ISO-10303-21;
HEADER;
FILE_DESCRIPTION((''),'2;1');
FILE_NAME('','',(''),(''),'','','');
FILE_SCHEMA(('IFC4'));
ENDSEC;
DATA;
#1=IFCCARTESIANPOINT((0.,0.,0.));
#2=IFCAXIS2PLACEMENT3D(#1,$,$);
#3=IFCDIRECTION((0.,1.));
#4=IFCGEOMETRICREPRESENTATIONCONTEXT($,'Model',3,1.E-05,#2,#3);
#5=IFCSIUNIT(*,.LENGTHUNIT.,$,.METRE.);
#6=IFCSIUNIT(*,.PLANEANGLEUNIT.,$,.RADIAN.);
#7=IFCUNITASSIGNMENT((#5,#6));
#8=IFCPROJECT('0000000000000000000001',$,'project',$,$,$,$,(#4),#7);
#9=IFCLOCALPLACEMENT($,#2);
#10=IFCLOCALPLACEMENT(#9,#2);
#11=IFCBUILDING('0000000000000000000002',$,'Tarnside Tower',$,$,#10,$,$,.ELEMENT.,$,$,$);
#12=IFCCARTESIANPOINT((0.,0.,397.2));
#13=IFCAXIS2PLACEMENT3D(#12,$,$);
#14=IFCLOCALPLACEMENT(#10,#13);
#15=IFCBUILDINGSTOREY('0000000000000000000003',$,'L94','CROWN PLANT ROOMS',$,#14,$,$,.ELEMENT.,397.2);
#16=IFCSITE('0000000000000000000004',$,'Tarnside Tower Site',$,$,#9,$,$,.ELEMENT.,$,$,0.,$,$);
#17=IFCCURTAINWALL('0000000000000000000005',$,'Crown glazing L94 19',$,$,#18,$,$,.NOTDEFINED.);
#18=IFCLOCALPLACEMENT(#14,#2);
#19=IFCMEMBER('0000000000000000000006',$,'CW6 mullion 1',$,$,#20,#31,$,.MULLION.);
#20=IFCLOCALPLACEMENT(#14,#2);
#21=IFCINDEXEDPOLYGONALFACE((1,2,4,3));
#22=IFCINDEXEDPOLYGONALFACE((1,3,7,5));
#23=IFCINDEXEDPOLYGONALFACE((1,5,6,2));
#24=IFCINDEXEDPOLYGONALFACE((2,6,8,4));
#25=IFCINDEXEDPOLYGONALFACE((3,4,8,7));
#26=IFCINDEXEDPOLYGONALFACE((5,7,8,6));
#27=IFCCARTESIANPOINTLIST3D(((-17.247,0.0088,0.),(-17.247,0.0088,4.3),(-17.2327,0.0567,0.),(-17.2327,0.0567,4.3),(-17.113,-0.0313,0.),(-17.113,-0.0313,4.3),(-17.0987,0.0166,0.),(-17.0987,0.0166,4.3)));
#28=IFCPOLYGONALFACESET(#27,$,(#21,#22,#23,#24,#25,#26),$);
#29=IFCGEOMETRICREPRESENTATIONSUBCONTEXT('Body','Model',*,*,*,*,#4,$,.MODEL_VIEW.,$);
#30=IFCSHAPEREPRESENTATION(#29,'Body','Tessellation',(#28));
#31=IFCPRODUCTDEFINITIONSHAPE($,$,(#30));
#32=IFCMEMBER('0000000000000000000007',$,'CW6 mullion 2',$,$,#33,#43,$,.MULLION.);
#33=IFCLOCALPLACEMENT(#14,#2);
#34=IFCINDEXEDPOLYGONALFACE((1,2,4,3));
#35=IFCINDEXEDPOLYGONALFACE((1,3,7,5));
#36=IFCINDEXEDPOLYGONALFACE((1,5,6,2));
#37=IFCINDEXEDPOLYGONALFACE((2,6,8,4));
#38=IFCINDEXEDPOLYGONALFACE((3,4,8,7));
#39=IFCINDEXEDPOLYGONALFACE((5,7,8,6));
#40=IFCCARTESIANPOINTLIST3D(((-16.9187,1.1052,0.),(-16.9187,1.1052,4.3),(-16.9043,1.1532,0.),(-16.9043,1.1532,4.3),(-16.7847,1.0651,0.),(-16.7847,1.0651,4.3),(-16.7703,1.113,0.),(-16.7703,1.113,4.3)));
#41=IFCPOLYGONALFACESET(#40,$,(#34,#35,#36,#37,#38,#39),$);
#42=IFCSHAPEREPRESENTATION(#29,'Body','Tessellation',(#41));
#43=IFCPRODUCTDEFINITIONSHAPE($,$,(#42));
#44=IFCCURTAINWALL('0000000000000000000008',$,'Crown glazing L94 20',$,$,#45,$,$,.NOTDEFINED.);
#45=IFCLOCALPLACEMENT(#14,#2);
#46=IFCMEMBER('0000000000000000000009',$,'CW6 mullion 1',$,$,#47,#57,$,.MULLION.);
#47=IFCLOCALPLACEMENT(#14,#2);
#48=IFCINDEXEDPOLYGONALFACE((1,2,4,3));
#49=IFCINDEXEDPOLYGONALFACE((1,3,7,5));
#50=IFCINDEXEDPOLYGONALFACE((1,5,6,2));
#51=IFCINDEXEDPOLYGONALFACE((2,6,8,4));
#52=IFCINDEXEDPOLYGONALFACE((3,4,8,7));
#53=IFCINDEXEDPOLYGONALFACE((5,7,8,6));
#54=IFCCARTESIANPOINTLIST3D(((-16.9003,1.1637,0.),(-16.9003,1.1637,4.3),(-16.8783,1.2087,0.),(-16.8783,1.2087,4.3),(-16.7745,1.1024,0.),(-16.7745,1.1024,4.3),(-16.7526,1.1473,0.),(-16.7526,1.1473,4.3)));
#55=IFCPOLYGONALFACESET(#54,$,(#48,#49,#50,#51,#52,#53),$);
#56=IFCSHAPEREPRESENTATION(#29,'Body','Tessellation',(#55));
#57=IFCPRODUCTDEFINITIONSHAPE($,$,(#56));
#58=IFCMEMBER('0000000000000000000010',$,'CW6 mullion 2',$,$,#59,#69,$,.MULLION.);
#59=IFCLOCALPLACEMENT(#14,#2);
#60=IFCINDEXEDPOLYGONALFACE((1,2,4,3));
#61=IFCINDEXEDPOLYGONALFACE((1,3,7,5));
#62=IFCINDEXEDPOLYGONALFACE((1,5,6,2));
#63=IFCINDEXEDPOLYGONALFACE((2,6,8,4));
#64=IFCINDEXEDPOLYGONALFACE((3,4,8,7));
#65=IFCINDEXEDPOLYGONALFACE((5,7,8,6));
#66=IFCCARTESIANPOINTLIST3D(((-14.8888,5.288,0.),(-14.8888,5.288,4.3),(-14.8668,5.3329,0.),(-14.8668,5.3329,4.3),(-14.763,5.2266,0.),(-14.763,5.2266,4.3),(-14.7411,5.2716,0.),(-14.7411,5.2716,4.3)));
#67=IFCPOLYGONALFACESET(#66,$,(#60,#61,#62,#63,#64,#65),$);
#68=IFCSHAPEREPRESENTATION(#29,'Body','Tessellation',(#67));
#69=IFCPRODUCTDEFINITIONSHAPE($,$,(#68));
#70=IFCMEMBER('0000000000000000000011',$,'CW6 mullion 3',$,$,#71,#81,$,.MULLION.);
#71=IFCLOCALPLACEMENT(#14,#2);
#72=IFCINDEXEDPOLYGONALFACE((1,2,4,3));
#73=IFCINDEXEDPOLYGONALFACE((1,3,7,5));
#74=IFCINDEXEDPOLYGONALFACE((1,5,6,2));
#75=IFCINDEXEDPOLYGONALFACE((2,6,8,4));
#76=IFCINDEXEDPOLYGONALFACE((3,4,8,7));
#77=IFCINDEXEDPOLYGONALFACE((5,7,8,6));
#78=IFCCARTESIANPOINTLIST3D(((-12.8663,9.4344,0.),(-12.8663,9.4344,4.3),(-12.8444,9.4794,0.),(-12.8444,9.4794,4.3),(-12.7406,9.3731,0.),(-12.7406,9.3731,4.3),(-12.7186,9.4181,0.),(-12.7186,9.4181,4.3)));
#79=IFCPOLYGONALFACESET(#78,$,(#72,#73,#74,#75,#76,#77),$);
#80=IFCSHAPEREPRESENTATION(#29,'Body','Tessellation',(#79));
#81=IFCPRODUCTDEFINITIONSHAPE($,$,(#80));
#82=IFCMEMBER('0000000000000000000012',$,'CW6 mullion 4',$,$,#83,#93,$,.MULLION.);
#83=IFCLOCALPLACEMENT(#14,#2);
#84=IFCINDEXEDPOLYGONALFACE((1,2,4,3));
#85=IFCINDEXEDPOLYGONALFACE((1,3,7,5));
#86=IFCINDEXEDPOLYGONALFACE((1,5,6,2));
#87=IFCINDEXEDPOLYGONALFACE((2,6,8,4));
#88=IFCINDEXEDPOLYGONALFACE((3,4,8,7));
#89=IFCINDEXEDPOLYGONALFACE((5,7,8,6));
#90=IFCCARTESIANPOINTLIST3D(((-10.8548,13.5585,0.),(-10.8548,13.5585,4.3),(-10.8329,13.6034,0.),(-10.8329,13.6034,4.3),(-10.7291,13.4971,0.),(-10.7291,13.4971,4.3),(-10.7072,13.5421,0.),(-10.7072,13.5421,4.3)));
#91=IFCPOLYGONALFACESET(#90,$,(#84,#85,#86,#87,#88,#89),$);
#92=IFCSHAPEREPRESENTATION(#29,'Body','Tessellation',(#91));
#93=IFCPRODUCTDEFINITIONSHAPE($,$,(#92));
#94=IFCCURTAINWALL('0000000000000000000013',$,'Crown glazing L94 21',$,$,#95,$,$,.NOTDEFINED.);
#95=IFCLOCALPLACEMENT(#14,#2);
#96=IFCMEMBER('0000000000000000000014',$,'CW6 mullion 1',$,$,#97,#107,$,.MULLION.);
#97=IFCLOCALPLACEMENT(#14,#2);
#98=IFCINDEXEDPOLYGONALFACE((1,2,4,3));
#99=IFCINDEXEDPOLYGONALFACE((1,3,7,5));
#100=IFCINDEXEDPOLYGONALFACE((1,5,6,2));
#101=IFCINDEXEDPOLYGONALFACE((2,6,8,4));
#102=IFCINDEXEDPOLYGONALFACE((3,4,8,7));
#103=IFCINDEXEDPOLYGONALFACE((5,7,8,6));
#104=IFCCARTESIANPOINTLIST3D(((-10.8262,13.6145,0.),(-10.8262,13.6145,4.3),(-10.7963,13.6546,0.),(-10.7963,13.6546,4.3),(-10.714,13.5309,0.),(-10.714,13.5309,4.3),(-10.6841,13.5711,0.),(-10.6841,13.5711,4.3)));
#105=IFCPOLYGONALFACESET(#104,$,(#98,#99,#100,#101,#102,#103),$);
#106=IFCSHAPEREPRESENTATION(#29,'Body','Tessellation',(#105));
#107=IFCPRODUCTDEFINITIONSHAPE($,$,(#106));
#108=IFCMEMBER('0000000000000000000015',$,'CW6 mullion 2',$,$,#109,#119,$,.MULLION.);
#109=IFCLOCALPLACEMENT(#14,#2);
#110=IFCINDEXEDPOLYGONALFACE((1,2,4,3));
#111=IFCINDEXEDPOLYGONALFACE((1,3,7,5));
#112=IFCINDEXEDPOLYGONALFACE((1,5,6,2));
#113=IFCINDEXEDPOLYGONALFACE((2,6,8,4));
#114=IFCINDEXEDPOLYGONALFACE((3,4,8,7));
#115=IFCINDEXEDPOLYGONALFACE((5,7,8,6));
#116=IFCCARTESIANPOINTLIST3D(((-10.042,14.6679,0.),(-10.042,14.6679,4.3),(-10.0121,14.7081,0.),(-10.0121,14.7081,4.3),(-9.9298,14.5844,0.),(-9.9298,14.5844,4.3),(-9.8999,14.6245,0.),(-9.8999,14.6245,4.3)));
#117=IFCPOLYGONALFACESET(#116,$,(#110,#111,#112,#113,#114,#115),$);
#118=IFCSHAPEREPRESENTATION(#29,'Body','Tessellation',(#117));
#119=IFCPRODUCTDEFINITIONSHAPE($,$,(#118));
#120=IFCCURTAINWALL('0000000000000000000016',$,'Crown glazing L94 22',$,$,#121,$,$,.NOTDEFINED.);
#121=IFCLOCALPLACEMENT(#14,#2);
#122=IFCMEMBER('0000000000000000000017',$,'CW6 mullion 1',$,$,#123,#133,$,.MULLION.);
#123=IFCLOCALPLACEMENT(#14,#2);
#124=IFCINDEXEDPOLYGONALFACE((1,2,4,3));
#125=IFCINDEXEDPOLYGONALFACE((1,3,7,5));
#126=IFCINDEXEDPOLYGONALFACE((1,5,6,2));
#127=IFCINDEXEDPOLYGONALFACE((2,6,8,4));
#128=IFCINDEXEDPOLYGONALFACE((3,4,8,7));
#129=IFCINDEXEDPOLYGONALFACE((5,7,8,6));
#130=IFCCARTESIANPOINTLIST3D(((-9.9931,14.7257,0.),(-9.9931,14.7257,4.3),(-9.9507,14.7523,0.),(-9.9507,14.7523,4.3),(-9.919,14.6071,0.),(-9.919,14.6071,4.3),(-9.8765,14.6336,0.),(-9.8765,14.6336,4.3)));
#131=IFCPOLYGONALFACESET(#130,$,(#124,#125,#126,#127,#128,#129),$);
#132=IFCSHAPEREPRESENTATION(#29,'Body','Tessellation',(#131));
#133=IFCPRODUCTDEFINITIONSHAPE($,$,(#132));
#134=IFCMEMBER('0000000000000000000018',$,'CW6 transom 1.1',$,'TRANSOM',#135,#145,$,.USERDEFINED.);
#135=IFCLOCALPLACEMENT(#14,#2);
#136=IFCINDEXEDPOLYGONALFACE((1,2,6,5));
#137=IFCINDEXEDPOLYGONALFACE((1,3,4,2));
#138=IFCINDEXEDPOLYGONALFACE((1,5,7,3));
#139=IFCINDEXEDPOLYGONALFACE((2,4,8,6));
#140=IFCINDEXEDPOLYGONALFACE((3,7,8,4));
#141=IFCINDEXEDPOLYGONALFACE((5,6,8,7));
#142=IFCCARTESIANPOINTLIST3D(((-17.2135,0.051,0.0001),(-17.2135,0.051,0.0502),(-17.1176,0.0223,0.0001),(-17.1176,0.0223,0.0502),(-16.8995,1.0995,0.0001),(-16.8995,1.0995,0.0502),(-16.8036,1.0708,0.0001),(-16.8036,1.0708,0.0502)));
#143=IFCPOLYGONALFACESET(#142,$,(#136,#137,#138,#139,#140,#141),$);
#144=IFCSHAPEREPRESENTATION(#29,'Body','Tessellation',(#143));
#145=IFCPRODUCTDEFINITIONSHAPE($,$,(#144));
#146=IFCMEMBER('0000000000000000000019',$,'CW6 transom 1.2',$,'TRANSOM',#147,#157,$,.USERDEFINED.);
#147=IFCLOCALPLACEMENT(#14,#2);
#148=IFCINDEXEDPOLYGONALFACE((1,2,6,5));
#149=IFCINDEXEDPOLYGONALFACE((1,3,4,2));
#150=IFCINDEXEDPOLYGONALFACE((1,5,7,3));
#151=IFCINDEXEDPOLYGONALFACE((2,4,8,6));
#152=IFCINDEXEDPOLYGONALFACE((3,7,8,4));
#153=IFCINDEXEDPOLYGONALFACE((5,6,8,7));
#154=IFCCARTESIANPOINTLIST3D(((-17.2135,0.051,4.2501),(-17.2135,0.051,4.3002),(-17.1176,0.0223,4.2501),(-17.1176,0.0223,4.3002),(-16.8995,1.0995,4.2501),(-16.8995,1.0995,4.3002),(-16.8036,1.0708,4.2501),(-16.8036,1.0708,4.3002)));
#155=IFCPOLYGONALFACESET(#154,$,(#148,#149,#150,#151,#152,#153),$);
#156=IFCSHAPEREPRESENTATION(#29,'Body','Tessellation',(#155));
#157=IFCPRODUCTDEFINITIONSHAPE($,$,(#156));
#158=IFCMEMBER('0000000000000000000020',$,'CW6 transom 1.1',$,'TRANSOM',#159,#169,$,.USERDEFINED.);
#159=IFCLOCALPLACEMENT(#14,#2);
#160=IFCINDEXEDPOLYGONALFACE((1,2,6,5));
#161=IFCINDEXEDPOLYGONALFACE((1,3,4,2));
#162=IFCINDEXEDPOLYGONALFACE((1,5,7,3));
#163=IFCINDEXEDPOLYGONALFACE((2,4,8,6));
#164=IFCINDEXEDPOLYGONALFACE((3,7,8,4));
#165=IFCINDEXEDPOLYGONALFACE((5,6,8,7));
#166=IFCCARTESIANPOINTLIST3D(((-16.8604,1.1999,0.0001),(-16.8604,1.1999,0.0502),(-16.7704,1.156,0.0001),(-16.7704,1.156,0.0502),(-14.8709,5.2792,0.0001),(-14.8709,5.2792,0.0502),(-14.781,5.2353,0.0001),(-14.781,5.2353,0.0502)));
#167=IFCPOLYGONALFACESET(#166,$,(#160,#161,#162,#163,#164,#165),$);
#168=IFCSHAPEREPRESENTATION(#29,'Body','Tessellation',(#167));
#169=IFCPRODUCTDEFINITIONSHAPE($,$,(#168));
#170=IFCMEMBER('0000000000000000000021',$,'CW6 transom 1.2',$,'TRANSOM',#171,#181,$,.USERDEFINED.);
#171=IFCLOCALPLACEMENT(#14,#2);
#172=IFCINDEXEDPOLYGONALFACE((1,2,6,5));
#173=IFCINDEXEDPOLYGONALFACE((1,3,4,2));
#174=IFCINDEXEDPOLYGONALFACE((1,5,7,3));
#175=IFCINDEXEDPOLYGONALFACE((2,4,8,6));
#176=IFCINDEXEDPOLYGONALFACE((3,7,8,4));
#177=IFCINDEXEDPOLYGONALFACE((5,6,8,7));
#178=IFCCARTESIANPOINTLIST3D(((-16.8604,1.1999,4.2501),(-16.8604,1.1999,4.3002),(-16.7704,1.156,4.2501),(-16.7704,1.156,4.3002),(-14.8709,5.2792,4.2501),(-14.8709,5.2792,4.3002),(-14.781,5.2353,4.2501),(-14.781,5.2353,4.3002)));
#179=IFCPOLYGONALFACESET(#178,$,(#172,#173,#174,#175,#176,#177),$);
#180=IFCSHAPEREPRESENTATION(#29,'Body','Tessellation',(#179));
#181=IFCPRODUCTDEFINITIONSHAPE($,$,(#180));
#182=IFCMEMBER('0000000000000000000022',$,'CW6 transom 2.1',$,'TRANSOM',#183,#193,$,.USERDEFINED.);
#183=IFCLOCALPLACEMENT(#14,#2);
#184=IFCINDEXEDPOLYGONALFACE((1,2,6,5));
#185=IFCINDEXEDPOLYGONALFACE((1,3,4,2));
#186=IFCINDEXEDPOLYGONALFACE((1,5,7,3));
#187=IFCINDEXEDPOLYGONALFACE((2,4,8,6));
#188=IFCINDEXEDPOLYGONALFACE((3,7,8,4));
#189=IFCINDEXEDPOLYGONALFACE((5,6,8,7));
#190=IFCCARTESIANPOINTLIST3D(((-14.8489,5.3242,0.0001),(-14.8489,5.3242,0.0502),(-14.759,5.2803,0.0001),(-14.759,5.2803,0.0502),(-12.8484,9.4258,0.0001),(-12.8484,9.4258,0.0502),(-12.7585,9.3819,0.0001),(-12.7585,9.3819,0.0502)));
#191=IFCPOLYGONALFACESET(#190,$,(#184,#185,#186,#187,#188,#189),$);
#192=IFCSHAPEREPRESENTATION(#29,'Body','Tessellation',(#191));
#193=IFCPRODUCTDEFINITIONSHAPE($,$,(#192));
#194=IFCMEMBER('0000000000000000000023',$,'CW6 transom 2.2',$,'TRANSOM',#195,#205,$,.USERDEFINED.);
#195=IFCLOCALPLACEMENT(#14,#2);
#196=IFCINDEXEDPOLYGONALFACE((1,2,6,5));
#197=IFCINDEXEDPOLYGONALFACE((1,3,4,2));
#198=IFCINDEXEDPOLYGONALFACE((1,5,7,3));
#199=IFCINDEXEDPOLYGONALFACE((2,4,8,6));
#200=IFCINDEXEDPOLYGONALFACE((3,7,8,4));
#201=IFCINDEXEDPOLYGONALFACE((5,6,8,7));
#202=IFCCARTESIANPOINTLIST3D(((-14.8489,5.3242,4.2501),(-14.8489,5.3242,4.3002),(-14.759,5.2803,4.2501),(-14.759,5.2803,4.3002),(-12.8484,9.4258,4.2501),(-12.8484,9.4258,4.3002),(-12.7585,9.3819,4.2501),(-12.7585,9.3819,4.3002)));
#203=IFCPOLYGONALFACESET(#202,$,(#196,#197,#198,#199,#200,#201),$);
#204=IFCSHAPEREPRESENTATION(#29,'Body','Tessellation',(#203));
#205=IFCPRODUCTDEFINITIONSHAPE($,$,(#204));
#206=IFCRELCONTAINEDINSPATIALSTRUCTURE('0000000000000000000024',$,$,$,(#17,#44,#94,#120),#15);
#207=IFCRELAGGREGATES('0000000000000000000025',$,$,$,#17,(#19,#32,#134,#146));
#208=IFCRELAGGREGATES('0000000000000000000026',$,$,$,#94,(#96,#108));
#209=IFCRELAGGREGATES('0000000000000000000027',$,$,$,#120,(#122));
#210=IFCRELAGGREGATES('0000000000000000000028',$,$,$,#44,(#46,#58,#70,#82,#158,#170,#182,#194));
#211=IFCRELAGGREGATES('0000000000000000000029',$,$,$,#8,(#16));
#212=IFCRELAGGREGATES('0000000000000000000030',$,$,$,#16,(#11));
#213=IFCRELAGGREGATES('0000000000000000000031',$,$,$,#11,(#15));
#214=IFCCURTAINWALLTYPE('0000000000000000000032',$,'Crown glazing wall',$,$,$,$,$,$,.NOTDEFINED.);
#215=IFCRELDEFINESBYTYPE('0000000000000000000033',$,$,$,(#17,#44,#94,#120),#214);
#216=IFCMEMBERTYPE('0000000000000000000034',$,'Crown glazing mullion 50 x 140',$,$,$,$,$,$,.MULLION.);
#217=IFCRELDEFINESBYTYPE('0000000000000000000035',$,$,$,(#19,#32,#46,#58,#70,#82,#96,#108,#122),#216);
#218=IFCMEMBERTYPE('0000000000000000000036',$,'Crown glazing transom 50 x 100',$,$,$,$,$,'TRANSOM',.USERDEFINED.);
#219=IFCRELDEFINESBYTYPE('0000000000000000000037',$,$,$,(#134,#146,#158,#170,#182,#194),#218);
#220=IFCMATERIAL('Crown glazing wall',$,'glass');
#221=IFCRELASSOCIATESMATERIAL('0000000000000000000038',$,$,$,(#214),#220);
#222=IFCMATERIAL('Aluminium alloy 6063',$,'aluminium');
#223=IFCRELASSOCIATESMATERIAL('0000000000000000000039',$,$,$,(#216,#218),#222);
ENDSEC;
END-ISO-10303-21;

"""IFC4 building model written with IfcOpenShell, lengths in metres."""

from ifc_helpers import new_model, si_unit, direction, frame, origin, origin_2d, place, context, subcontext, project, spatial, rectangle, extrude, material, material_profile, profile_set, type_object, element, aggregate, save


model = new_model("IFC4")

# Units and contexts
model_context = context("Model", 3, precision=1e-05, world=origin(), true_north=direction((0.0, 1.0)))
body_context = subcontext(model_context, "Body", "Model", "MODEL_VIEW")
ifc_project = project(units=[si_unit("LENGTHUNIT", "METRE"), si_unit("PLANEANGLEUNIT", "RADIAN")], contexts=[model_context])

# Site, building, storey
site_placement = place(None, origin())
site = spatial("IfcSite", under=ifc_project, at=site_placement, Name="Tarnside Tower Site", CompositionType="ELEMENT", RefElevation=0.0)
building_placement = place(site_placement, origin())
building = spatial("IfcBuilding", under=site, at=building_placement, Name="Tarnside Tower", CompositionType="ELEMENT")
storey_placement = place(building_placement, frame((0.0, 0.0, 397.2)))
storey = spatial("IfcBuildingStorey", under=building, at=storey_placement, Name="L94", Description="CROWN PLANT ROOMS", CompositionType="ELEMENT", Elevation=397.2)

# Curtain walls, members
ifc_material_1 = material(Name="Crown glazing wall", Category="glass")
curtain_wall_type = type_object("IfcCurtainWallType", Name="Crown glazing wall", PredefinedType="NOTDEFINED", material=ifc_material_1)
curtain_wall_1_placement = place(storey_placement, origin())
curtain_wall_1 = element("IfcCurtainWall", 1, at=curtain_wall_1_placement, inside=storey, type_object=curtain_wall_type, Name="Crown glazing L94 19", PredefinedType="NOTDEFINED")
ifc_material_2 = material(Name="Aluminium alloy 6063", Category="aluminium")
ifc_material_profile_1 = material_profile(ifc_material_2, rectangle(XDim=0.1399, YDim=0.05, at=origin_2d()), Name="Crown glazing mullion 50 x 140")
ifc_profile_set_1 = profile_set([ifc_material_profile_1], Name="Aluminium alloy 6063")
member_type_1 = type_object("IfcMemberType", Name="Crown glazing mullion 50 x 140", PredefinedType="MULLION", material=ifc_profile_set_1)
member_1_placement = place(storey_placement, frame((-17.1729, 0.0127, 0.0), z_axis=(0.0, 0.0, 1.0), x_axis=(-0.95799, 0.286803, 0.0)))
member_1 = element("IfcMember", 2, at=member_1_placement, type_object=member_type_1, Name="CW6 mullion 1", PredefinedType="MULLION", context=body_context, shape_type="SweptSolid", body=[
    extrude(rectangle(XDim=0.1399, YDim=0.05, at=origin_2d()), origin(), (0.0, 0.0, 1.0), 4.3),
])
member_2_placement = place(storey_placement, frame((-16.8445, 1.1091, 0.0), z_axis=(0.0, 0.0, 1.0), x_axis=(-0.95799, 0.286803, 0.0)))
member_2 = element("IfcMember", 3, at=member_2_placement, type_object=member_type_1, Name="CW6 mullion 2", PredefinedType="MULLION", context=body_context, shape_type="SweptSolid", body=[
    extrude(rectangle(XDim=0.1399, YDim=0.05, at=origin_2d()), origin(), (0.0, 0.0, 1.0), 4.3),
])
curtain_wall_2_placement = place(storey_placement, origin())
curtain_wall_2 = element("IfcCurtainWall", 4, at=curtain_wall_2_placement, inside=storey, type_object=curtain_wall_type, Name="Crown glazing L94 20", PredefinedType="NOTDEFINED")
member_3_placement = place(storey_placement, frame((-16.8264, 1.1555, 0.0), z_axis=(0.0, 0.0, 1.0), x_axis=(-0.898794, 0.438371, 0.0)))
member_3 = element("IfcMember", 5, at=member_3_placement, type_object=member_type_1, Name="CW6 mullion 1", PredefinedType="MULLION", context=body_context, shape_type="SweptSolid", body=[
    extrude(rectangle(XDim=0.1399, YDim=0.05, at=origin_2d()), origin(), (0.0, 0.0, 1.0), 4.3),
])
member_4_placement = place(storey_placement, frame((-14.8149, 5.2798, 0.0), z_axis=(0.0, 0.0, 1.0), x_axis=(-0.898794, 0.438371, 0.0)))
member_4 = element("IfcMember", 6, at=member_4_placement, type_object=member_type_1, Name="CW6 mullion 2", PredefinedType="MULLION", context=body_context, shape_type="SweptSolid", body=[
    extrude(rectangle(XDim=0.1399, YDim=0.05, at=origin_2d()), origin(), (0.0, 0.0, 1.0), 4.3),
])
member_5_placement = place(storey_placement, frame((-12.7925, 9.4263, 0.0), z_axis=(0.0, 0.0, 1.0), x_axis=(-0.898794, 0.438371, 0.0)))
member_5 = element("IfcMember", 7, at=member_5_placement, type_object=member_type_1, Name="CW6 mullion 3", PredefinedType="MULLION", context=body_context, shape_type="SweptSolid", body=[
    extrude(rectangle(XDim=0.1399, YDim=0.05, at=origin_2d()), origin(), (0.0, 0.0, 1.0), 4.3),
])
member_6_placement = place(storey_placement, frame((-10.781, 13.5503, 0.0), z_axis=(0.0, 0.0, 1.0), x_axis=(-0.898794, 0.438371, 0.0)))
member_6 = element("IfcMember", 8, at=member_6_placement, type_object=member_type_1, Name="CW6 mullion 4", PredefinedType="MULLION", context=body_context, shape_type="SweptSolid", body=[
    extrude(rectangle(XDim=0.1399, YDim=0.05, at=origin_2d()), origin(), (0.0, 0.0, 1.0), 4.3),
])
curtain_wall_3_placement = place(storey_placement, origin())
curtain_wall_3 = element("IfcCurtainWall", 9, at=curtain_wall_3_placement, inside=storey, type_object=curtain_wall_type, Name="Crown glazing L94 21", PredefinedType="NOTDEFINED")
member_7_placement = place(storey_placement, frame((-10.7551, 13.5928, 0.0), z_axis=(0.0, 0.0, 1.0), x_axis=(-0.802123, 0.597159, 0.0)))
member_7 = element("IfcMember", 10, at=member_7_placement, type_object=member_type_1, Name="CW6 mullion 1", PredefinedType="MULLION", context=body_context, shape_type="SweptSolid", body=[
    extrude(rectangle(XDim=0.1399, YDim=0.05, at=origin_2d()), origin(), (0.0, 0.0, 1.0), 4.3),
])
member_8_placement = place(storey_placement, frame((-9.9709, 14.6462, 0.0), z_axis=(0.0, 0.0, 1.0), x_axis=(-0.802123, 0.597159, 0.0)))
member_8 = element("IfcMember", 11, at=member_8_placement, type_object=member_type_1, Name="CW6 mullion 2", PredefinedType="MULLION", context=body_context, shape_type="SweptSolid", body=[
    extrude(rectangle(XDim=0.1399, YDim=0.05, at=origin_2d()), origin(), (0.0, 0.0, 1.0), 4.3),
])

# Curtain wall, member
curtain_wall_4_placement = place(storey_placement, origin())
curtain_wall_4 = element("IfcCurtainWall", 12, at=curtain_wall_4_placement, inside=storey, type_object=curtain_wall_type, Name="Crown glazing L94 22", PredefinedType="NOTDEFINED")
member_9_placement = place(storey_placement, frame((-9.9348, 14.6797, 0.0), z_axis=(0.0, 0.0, 1.0), x_axis=(-0.529919, 0.848048, 0.0)))
member_9 = element("IfcMember", 13, at=member_9_placement, type_object=member_type_1, Name="CW6 mullion 1", PredefinedType="MULLION", context=body_context, shape_type="SweptSolid", body=[
    extrude(rectangle(XDim=0.1399, YDim=0.05, at=origin_2d()), origin(), (0.0, 0.0, 1.0), 4.3),
])

# Members
ifc_material_profile_2 = material_profile(ifc_material_2, rectangle(XDim=0.1001, YDim=0.05, at=origin_2d()), Name="Crown glazing transom 50 x 100")
ifc_profile_set_2 = profile_set([ifc_material_profile_2], Name="Aluminium alloy 6063")
member_type_2 = type_object("IfcMemberType", Name="Crown glazing transom 50 x 100", ElementType="TRANSOM", PredefinedType="USERDEFINED", material=ifc_profile_set_2)
member_10_placement = place(storey_placement, frame((-17.1655, 0.0366, 0.0251), z_axis=(0.286836, 0.95798, 0.0), x_axis=(-0.95798, 0.286836, 0.0)))
member_10 = element("IfcMember", 14, at=member_10_placement, type_object=member_type_2, Name="CW6 transom 1.1", ObjectType="TRANSOM", PredefinedType="USERDEFINED", context=body_context, shape_type="SweptSolid", body=[
    extrude(rectangle(XDim=0.1001, YDim=0.05, at=origin_2d()), origin(), (0.0, 0.0, 1.0), 1.0945),
])
member_11_placement = place(storey_placement, frame((-17.1655, 0.0366, 4.2751), z_axis=(0.286836, 0.95798, 0.0), x_axis=(-0.95798, 0.286836, 0.0)))
member_11 = element("IfcMember", 15, at=member_11_placement, type_object=member_type_2, Name="CW6 transom 1.2", ObjectType="TRANSOM", PredefinedType="USERDEFINED", context=body_context, shape_type="SweptSolid", body=[
    extrude(rectangle(XDim=0.1001, YDim=0.05, at=origin_2d()), origin(), (0.0, 0.0, 1.0), 1.0945),
])
member_12_placement = place(storey_placement, frame((-16.8154, 1.178, 0.0251), z_axis=(0.438348, 0.898805, 0.0), x_axis=(-0.898805, 0.438348, 0.0)))
member_12 = element("IfcMember", 16, at=member_12_placement, type_object=member_type_2, Name="CW6 transom 1.1", ObjectType="TRANSOM", PredefinedType="USERDEFINED", context=body_context, shape_type="SweptSolid", body=[
    extrude(rectangle(XDim=0.1001, YDim=0.05, at=origin_2d()), origin(), (0.0, 0.0, 1.0), 4.5386),
])
member_13_placement = place(storey_placement, frame((-16.8154, 1.178, 4.2751), z_axis=(0.438348, 0.898805, 0.0), x_axis=(-0.898805, 0.438348, 0.0)))
member_13 = element("IfcMember", 17, at=member_13_placement, type_object=member_type_2, Name="CW6 transom 1.2", ObjectType="TRANSOM", PredefinedType="USERDEFINED", context=body_context, shape_type="SweptSolid", body=[
    extrude(rectangle(XDim=0.1001, YDim=0.05, at=origin_2d()), origin(), (0.0, 0.0, 1.0), 4.5386),
])
member_14_placement = place(storey_placement, frame((-14.804, 5.3022, 0.0251), z_axis=(0.438375, 0.898792, 0.0), x_axis=(-0.898792, 0.438375, 0.0)))
member_14 = element("IfcMember", 18, at=member_14_placement, type_object=member_type_2, Name="CW6 transom 2.1", ObjectType="TRANSOM", PredefinedType="USERDEFINED", context=body_context, shape_type="SweptSolid", body=[
    extrude(rectangle(XDim=0.1001, YDim=0.05, at=origin_2d()), origin(), (0.0, 0.0, 1.0), 4.5635),
])
member_15_placement = place(storey_placement, frame((-14.804, 5.3022, 4.2751), z_axis=(0.438375, 0.898792, 0.0), x_axis=(-0.898792, 0.438375, 0.0)))
member_15 = element("IfcMember", 19, at=member_15_placement, type_object=member_type_2, Name="CW6 transom 2.2", ObjectType="TRANSOM", PredefinedType="USERDEFINED", context=body_context, shape_type="SweptSolid", body=[
    extrude(rectangle(XDim=0.1001, YDim=0.05, at=origin_2d()), origin(), (0.0, 0.0, 1.0), 4.5635),
])

aggregate(curtain_wall_1, [member_1, member_2, member_10, member_11])
aggregate(curtain_wall_3, [member_7, member_8])
aggregate(curtain_wall_4, [member_9])
aggregate(curtain_wall_2, [member_3, member_4, member_5, member_6, member_12, member_13, member_14, member_15])

save(model, "model.ifc")
